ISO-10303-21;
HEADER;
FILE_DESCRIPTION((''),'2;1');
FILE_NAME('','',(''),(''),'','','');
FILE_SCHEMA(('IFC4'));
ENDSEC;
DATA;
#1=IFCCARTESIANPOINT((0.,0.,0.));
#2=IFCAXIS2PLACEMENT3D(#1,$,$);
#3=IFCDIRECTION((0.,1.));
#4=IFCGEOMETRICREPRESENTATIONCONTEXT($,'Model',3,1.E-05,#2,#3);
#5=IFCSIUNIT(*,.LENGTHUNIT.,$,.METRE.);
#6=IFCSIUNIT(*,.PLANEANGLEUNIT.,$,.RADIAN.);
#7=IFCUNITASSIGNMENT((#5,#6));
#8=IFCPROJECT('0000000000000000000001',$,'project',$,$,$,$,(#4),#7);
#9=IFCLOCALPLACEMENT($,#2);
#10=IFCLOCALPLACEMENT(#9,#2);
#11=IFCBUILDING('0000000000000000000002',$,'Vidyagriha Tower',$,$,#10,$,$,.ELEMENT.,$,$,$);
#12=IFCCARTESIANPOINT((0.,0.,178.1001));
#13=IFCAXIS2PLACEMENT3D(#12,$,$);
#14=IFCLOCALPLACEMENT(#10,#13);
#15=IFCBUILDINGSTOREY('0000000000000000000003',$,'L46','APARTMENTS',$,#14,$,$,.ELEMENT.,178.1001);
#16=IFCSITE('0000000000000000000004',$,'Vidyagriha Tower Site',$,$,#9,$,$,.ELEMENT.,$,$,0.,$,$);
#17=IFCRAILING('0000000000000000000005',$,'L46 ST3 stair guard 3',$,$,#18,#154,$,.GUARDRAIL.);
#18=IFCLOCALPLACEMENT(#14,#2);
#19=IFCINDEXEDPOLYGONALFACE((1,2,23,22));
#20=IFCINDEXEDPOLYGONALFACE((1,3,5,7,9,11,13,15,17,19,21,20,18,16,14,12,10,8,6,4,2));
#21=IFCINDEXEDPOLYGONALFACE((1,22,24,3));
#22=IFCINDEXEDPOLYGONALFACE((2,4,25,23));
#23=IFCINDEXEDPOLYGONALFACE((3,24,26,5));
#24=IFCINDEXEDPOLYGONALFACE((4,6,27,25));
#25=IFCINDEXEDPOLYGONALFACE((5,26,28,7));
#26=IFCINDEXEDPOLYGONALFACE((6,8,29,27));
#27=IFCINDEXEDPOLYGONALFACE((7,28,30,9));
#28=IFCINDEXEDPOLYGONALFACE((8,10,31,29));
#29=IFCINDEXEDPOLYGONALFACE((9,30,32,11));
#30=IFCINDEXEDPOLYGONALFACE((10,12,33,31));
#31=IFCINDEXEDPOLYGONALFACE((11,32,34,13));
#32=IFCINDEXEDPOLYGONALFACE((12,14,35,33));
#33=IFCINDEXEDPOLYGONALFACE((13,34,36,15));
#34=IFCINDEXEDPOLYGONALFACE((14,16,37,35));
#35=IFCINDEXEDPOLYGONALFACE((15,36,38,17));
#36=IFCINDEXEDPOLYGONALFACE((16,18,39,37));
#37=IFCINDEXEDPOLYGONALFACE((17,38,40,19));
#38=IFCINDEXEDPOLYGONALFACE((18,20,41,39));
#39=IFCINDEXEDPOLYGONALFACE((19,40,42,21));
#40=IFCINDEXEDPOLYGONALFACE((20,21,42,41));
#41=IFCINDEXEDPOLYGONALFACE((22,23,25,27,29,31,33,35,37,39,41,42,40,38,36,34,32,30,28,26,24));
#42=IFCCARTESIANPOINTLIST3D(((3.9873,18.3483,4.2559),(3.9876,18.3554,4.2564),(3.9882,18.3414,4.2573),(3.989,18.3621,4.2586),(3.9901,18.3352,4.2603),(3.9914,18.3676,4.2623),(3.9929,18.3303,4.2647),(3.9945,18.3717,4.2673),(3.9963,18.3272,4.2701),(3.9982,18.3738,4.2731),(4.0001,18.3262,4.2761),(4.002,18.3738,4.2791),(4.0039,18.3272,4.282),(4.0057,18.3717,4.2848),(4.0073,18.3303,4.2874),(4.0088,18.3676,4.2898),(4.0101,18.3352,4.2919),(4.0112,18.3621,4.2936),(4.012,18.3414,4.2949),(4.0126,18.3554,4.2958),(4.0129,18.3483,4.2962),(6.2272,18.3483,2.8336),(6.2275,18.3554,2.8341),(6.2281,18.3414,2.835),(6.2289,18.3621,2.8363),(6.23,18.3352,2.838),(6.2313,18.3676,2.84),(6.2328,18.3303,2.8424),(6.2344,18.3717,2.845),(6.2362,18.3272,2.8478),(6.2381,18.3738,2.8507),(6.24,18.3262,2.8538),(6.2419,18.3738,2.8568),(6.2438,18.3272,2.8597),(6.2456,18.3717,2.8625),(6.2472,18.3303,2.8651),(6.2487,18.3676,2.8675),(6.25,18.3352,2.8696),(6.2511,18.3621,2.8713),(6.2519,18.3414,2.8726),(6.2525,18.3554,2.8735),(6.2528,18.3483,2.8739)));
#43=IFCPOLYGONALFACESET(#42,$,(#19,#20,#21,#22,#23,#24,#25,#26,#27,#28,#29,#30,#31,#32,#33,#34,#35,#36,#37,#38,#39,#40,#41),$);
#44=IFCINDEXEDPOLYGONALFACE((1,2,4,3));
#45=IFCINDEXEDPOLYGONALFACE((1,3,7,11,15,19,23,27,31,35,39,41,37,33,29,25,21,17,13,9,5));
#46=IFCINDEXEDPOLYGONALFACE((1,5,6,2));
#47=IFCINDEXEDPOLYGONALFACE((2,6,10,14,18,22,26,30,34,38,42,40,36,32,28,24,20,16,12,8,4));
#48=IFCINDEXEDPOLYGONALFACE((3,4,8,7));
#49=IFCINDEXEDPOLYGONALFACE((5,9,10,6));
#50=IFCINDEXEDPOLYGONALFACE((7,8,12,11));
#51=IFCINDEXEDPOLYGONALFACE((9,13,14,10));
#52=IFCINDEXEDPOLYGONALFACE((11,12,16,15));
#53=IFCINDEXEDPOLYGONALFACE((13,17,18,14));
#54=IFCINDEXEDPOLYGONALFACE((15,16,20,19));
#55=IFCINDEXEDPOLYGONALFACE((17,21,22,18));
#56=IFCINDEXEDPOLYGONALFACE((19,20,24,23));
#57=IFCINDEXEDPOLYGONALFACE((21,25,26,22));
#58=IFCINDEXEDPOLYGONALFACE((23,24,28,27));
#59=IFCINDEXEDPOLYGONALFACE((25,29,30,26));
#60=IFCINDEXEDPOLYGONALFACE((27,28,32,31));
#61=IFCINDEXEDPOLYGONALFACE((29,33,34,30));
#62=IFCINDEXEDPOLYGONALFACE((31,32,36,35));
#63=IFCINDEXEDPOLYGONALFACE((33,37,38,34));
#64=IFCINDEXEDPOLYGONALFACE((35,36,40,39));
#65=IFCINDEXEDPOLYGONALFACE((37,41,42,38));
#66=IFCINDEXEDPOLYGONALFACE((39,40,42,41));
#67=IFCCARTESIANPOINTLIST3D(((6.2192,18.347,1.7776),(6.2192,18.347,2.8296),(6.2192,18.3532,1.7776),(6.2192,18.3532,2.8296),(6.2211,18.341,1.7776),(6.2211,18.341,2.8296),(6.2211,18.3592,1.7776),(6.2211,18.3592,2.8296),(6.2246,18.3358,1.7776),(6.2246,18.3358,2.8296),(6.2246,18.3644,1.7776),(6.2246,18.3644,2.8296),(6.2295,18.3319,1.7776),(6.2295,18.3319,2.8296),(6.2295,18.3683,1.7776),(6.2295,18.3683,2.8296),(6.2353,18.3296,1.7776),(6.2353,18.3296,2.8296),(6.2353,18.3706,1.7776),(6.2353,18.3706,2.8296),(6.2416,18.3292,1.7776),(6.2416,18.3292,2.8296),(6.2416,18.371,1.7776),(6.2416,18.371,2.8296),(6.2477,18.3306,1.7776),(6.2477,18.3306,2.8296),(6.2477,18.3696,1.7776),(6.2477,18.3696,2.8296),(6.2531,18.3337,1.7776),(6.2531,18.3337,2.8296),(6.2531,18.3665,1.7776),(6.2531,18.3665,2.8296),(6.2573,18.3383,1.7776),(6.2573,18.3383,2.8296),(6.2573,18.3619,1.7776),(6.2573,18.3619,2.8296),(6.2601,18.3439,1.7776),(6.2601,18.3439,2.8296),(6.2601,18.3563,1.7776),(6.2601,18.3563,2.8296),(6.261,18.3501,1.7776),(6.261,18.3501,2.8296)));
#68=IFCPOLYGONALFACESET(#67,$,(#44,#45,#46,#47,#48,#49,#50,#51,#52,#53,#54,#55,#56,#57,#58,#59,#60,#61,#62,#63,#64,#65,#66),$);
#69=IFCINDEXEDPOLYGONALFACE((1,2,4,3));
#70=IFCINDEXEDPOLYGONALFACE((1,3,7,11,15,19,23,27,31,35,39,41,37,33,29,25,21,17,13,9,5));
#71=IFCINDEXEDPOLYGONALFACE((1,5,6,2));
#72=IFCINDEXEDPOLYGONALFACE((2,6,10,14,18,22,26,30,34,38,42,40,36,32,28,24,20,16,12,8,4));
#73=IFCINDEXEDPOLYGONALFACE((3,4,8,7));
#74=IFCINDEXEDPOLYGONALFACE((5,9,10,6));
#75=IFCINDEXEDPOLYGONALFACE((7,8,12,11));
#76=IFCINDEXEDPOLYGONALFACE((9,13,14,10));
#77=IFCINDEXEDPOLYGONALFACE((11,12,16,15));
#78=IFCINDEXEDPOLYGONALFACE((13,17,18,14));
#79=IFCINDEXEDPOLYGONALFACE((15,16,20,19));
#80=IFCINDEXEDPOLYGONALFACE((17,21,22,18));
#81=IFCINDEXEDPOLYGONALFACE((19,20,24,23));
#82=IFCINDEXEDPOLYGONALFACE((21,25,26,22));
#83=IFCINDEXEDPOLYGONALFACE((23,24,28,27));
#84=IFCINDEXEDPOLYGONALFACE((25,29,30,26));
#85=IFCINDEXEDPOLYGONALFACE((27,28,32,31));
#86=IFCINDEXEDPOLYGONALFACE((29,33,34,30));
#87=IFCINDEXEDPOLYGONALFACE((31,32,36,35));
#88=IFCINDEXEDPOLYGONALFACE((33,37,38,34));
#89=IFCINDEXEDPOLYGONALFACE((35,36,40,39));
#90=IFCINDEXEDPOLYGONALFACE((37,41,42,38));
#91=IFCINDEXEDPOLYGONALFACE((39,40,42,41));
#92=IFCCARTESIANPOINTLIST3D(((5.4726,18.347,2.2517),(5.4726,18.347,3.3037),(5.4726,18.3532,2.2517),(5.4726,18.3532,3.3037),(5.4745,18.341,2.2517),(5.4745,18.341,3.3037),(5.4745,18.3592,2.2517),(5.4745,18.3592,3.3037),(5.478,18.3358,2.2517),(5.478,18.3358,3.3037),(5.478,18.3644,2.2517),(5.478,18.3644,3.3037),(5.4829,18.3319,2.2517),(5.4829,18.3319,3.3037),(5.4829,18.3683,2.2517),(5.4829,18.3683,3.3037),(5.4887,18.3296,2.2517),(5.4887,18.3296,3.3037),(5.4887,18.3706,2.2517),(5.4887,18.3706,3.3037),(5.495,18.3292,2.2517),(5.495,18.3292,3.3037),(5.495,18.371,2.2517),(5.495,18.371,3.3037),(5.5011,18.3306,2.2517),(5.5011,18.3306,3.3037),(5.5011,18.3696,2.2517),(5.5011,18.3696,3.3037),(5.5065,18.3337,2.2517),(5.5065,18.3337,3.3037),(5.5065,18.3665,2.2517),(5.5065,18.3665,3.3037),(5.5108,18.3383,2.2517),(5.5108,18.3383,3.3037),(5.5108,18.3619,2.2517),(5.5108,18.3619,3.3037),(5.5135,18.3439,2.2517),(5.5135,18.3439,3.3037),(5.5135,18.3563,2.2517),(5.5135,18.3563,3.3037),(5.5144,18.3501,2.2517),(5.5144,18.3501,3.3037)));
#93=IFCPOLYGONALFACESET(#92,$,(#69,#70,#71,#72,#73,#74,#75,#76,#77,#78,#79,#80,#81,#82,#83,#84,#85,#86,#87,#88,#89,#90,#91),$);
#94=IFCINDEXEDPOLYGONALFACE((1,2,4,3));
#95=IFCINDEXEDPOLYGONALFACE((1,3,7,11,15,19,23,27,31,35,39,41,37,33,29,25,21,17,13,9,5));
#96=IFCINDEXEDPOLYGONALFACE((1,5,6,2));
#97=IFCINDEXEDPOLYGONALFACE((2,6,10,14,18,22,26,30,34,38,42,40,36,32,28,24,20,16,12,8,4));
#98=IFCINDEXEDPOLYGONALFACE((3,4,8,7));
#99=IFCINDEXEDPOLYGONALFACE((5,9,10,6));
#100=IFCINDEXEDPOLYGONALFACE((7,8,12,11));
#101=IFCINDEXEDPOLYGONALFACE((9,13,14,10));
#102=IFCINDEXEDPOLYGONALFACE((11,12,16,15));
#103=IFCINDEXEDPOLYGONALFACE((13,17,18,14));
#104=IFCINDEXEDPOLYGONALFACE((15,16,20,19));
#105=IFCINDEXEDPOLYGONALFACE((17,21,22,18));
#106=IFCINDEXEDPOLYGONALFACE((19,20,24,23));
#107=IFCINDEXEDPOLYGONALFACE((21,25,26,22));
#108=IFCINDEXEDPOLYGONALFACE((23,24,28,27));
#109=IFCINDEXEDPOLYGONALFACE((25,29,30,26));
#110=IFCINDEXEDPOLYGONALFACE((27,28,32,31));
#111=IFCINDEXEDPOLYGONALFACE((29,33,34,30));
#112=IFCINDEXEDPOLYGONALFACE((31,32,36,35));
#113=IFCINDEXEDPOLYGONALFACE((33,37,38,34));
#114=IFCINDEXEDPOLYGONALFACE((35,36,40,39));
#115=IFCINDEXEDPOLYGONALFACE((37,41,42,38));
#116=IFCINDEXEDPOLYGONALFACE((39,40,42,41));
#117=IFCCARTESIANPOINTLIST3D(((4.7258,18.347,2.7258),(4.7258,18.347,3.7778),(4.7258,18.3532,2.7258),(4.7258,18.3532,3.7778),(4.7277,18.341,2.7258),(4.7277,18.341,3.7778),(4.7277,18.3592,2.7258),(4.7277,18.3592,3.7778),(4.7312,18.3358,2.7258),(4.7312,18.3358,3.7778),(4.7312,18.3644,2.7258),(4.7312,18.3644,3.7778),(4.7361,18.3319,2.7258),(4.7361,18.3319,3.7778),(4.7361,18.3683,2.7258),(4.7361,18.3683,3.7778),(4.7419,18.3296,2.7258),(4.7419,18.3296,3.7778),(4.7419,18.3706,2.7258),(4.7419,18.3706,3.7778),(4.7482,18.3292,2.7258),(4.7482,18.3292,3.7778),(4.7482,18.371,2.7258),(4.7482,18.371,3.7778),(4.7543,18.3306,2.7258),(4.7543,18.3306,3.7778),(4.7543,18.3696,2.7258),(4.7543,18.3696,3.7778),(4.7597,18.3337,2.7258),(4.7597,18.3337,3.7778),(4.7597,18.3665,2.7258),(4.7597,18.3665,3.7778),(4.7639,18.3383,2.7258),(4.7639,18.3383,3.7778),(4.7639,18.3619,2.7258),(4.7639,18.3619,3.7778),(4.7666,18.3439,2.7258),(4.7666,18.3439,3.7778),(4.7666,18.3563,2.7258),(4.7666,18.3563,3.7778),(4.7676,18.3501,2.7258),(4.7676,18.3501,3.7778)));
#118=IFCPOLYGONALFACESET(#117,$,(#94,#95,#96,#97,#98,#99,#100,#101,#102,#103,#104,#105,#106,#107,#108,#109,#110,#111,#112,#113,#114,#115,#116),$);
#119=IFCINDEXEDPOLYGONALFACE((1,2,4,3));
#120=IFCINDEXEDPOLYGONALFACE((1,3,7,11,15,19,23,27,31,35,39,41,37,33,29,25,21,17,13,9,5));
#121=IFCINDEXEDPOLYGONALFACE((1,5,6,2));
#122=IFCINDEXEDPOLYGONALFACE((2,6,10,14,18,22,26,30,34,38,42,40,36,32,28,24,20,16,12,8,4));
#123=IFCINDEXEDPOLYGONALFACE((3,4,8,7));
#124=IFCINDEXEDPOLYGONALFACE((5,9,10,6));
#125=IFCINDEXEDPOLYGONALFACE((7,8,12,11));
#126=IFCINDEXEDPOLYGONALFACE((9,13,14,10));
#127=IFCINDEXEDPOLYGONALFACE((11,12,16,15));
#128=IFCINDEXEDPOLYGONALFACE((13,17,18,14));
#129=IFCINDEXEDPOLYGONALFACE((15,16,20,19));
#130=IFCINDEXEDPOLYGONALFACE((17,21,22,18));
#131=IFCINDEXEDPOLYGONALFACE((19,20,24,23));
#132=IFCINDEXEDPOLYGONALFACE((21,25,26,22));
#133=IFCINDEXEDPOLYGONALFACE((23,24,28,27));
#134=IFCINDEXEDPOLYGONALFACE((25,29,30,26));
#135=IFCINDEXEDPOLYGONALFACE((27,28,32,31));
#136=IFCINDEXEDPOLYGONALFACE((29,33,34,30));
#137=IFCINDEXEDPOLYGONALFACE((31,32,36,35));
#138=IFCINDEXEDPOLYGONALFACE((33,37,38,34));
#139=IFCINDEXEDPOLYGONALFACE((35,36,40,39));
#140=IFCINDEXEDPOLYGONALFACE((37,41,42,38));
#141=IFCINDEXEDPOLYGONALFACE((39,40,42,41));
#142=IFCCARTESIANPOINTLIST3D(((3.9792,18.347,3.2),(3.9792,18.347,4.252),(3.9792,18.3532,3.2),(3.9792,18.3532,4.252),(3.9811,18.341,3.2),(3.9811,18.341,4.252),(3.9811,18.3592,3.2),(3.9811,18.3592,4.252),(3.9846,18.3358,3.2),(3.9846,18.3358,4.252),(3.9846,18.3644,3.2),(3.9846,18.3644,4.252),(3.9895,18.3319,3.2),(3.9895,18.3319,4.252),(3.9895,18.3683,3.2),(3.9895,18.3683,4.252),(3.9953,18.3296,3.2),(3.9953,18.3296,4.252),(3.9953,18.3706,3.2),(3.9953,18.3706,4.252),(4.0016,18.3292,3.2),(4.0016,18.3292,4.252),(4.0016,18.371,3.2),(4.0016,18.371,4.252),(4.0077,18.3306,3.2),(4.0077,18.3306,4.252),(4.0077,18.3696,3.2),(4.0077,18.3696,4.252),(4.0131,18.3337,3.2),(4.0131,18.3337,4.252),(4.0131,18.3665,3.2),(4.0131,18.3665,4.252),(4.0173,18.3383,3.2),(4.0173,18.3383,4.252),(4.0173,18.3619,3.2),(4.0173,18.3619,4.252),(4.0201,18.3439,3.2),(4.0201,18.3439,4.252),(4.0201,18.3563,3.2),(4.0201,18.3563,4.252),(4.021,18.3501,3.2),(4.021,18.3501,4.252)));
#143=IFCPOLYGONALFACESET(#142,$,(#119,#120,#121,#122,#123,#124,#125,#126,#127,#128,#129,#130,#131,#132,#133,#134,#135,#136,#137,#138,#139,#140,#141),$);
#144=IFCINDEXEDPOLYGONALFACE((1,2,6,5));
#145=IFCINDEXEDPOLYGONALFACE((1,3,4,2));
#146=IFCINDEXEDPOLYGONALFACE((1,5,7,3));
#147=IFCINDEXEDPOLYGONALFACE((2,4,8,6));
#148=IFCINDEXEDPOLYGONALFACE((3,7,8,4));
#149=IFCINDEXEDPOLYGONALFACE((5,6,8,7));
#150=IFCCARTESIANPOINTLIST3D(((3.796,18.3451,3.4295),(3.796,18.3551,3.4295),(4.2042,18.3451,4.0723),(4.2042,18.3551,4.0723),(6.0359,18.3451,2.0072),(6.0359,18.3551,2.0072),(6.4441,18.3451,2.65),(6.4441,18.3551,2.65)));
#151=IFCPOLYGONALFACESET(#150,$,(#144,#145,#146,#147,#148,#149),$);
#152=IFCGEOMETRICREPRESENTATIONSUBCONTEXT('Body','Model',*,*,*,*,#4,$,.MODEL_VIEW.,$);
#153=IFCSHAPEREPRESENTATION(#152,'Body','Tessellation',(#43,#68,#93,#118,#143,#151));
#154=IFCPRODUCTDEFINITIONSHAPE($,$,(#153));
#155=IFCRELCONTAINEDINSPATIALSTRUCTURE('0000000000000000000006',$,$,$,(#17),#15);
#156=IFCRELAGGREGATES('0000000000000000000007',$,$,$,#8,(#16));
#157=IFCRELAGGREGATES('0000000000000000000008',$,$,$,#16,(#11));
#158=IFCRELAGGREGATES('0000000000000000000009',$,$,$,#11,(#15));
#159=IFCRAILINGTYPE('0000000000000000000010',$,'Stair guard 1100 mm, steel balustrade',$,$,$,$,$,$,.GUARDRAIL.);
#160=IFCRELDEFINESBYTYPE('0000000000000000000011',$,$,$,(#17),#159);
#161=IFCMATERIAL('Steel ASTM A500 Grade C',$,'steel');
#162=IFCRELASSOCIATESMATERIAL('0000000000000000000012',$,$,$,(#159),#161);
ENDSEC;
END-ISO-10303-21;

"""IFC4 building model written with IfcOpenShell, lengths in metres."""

from ifc_helpers import new_model, si_unit, direction, frame, origin, origin_2d, place, context, subcontext, project, spatial, rectangle, circle, extrude, material, type_object, element, save


model = new_model("IFC4")

# Units and contexts
model_context = context("Model", 3, precision=1e-05, world=origin(), true_north=direction((0.0, 1.0)))
body_context = subcontext(model_context, "Body", "Model", "MODEL_VIEW")
ifc_project = project(units=[si_unit("LENGTHUNIT", "METRE"), si_unit("PLANEANGLEUNIT", "RADIAN")], contexts=[model_context])

# Site, building, storey
site_placement = place(None, origin())
site = spatial("IfcSite", under=ifc_project, at=site_placement, Name="Vidyagriha Tower Site", CompositionType="ELEMENT", RefElevation=0.0)
building_placement = place(site_placement, origin())
building = spatial("IfcBuilding", under=site, at=building_placement, Name="Vidyagriha Tower", CompositionType="ELEMENT")
storey_placement = place(building_placement, frame((0.0, 0.0, 178.1001)))
storey = spatial("IfcBuildingStorey", under=building, at=storey_placement, Name="L46", Description="APARTMENTS", CompositionType="ELEMENT", Elevation=178.1001)

# Railing
ifc_material_1 = material(Name="Steel ASTM A500 Grade C", Category="steel")
railing_type_1 = type_object("IfcRailingType", Name="Stair guard 1100 mm, steel balustrade", PredefinedType="GUARDRAIL", material=ifc_material_1)
railing_1_placement = place(storey_placement, frame((6.24, 18.3501, 1.7776)))
element("IfcRailing", 1, at=railing_1_placement, inside=storey, type_object=railing_type_1, Name="L46 ST3 stair guard 3", PredefinedType="GUARDRAIL", context=body_context, shape_type="SweptSolid", body=[
    extrude(circle(Radius=0.0239, at=origin_2d()), frame((0.0, 0.0, 1.0762), z_axis=(-0.844188, 0.0, 0.536048), x_axis=(0.0, -1.0, 0.0)), (0.0, 0.0, 1.0), 2.6533),
    extrude(circle(Radius=0.021, at=origin_2d()), origin(), (0.0, 0.0, 1.0), 1.052),
    extrude(circle(Radius=0.021, at=origin_2d()), frame((-0.7466, 0.0, 0.4741)), (0.0, 0.0, 1.0), 1.052),
    extrude(circle(Radius=0.021, at=origin_2d()), frame((-1.4934, 0.0, 0.9482)), (0.0, 0.0, 1.0), 1.052),
    extrude(circle(Radius=0.021, at=origin_2d()), frame((-2.24, 0.0, 1.4224)), (0.0, 0.0, 1.0), 1.052),
    extrude(rectangle(XDim=0.01, YDim=0.7615, at=origin_2d()), frame((0.0, 0.0, 0.551), z_axis=(-0.844188, 0.0, 0.536048), x_axis=(0.0, -1.0, 0.0)), (0.0, 0.0, 1.0), 2.6533),
])

save(model, "model.ifc")
